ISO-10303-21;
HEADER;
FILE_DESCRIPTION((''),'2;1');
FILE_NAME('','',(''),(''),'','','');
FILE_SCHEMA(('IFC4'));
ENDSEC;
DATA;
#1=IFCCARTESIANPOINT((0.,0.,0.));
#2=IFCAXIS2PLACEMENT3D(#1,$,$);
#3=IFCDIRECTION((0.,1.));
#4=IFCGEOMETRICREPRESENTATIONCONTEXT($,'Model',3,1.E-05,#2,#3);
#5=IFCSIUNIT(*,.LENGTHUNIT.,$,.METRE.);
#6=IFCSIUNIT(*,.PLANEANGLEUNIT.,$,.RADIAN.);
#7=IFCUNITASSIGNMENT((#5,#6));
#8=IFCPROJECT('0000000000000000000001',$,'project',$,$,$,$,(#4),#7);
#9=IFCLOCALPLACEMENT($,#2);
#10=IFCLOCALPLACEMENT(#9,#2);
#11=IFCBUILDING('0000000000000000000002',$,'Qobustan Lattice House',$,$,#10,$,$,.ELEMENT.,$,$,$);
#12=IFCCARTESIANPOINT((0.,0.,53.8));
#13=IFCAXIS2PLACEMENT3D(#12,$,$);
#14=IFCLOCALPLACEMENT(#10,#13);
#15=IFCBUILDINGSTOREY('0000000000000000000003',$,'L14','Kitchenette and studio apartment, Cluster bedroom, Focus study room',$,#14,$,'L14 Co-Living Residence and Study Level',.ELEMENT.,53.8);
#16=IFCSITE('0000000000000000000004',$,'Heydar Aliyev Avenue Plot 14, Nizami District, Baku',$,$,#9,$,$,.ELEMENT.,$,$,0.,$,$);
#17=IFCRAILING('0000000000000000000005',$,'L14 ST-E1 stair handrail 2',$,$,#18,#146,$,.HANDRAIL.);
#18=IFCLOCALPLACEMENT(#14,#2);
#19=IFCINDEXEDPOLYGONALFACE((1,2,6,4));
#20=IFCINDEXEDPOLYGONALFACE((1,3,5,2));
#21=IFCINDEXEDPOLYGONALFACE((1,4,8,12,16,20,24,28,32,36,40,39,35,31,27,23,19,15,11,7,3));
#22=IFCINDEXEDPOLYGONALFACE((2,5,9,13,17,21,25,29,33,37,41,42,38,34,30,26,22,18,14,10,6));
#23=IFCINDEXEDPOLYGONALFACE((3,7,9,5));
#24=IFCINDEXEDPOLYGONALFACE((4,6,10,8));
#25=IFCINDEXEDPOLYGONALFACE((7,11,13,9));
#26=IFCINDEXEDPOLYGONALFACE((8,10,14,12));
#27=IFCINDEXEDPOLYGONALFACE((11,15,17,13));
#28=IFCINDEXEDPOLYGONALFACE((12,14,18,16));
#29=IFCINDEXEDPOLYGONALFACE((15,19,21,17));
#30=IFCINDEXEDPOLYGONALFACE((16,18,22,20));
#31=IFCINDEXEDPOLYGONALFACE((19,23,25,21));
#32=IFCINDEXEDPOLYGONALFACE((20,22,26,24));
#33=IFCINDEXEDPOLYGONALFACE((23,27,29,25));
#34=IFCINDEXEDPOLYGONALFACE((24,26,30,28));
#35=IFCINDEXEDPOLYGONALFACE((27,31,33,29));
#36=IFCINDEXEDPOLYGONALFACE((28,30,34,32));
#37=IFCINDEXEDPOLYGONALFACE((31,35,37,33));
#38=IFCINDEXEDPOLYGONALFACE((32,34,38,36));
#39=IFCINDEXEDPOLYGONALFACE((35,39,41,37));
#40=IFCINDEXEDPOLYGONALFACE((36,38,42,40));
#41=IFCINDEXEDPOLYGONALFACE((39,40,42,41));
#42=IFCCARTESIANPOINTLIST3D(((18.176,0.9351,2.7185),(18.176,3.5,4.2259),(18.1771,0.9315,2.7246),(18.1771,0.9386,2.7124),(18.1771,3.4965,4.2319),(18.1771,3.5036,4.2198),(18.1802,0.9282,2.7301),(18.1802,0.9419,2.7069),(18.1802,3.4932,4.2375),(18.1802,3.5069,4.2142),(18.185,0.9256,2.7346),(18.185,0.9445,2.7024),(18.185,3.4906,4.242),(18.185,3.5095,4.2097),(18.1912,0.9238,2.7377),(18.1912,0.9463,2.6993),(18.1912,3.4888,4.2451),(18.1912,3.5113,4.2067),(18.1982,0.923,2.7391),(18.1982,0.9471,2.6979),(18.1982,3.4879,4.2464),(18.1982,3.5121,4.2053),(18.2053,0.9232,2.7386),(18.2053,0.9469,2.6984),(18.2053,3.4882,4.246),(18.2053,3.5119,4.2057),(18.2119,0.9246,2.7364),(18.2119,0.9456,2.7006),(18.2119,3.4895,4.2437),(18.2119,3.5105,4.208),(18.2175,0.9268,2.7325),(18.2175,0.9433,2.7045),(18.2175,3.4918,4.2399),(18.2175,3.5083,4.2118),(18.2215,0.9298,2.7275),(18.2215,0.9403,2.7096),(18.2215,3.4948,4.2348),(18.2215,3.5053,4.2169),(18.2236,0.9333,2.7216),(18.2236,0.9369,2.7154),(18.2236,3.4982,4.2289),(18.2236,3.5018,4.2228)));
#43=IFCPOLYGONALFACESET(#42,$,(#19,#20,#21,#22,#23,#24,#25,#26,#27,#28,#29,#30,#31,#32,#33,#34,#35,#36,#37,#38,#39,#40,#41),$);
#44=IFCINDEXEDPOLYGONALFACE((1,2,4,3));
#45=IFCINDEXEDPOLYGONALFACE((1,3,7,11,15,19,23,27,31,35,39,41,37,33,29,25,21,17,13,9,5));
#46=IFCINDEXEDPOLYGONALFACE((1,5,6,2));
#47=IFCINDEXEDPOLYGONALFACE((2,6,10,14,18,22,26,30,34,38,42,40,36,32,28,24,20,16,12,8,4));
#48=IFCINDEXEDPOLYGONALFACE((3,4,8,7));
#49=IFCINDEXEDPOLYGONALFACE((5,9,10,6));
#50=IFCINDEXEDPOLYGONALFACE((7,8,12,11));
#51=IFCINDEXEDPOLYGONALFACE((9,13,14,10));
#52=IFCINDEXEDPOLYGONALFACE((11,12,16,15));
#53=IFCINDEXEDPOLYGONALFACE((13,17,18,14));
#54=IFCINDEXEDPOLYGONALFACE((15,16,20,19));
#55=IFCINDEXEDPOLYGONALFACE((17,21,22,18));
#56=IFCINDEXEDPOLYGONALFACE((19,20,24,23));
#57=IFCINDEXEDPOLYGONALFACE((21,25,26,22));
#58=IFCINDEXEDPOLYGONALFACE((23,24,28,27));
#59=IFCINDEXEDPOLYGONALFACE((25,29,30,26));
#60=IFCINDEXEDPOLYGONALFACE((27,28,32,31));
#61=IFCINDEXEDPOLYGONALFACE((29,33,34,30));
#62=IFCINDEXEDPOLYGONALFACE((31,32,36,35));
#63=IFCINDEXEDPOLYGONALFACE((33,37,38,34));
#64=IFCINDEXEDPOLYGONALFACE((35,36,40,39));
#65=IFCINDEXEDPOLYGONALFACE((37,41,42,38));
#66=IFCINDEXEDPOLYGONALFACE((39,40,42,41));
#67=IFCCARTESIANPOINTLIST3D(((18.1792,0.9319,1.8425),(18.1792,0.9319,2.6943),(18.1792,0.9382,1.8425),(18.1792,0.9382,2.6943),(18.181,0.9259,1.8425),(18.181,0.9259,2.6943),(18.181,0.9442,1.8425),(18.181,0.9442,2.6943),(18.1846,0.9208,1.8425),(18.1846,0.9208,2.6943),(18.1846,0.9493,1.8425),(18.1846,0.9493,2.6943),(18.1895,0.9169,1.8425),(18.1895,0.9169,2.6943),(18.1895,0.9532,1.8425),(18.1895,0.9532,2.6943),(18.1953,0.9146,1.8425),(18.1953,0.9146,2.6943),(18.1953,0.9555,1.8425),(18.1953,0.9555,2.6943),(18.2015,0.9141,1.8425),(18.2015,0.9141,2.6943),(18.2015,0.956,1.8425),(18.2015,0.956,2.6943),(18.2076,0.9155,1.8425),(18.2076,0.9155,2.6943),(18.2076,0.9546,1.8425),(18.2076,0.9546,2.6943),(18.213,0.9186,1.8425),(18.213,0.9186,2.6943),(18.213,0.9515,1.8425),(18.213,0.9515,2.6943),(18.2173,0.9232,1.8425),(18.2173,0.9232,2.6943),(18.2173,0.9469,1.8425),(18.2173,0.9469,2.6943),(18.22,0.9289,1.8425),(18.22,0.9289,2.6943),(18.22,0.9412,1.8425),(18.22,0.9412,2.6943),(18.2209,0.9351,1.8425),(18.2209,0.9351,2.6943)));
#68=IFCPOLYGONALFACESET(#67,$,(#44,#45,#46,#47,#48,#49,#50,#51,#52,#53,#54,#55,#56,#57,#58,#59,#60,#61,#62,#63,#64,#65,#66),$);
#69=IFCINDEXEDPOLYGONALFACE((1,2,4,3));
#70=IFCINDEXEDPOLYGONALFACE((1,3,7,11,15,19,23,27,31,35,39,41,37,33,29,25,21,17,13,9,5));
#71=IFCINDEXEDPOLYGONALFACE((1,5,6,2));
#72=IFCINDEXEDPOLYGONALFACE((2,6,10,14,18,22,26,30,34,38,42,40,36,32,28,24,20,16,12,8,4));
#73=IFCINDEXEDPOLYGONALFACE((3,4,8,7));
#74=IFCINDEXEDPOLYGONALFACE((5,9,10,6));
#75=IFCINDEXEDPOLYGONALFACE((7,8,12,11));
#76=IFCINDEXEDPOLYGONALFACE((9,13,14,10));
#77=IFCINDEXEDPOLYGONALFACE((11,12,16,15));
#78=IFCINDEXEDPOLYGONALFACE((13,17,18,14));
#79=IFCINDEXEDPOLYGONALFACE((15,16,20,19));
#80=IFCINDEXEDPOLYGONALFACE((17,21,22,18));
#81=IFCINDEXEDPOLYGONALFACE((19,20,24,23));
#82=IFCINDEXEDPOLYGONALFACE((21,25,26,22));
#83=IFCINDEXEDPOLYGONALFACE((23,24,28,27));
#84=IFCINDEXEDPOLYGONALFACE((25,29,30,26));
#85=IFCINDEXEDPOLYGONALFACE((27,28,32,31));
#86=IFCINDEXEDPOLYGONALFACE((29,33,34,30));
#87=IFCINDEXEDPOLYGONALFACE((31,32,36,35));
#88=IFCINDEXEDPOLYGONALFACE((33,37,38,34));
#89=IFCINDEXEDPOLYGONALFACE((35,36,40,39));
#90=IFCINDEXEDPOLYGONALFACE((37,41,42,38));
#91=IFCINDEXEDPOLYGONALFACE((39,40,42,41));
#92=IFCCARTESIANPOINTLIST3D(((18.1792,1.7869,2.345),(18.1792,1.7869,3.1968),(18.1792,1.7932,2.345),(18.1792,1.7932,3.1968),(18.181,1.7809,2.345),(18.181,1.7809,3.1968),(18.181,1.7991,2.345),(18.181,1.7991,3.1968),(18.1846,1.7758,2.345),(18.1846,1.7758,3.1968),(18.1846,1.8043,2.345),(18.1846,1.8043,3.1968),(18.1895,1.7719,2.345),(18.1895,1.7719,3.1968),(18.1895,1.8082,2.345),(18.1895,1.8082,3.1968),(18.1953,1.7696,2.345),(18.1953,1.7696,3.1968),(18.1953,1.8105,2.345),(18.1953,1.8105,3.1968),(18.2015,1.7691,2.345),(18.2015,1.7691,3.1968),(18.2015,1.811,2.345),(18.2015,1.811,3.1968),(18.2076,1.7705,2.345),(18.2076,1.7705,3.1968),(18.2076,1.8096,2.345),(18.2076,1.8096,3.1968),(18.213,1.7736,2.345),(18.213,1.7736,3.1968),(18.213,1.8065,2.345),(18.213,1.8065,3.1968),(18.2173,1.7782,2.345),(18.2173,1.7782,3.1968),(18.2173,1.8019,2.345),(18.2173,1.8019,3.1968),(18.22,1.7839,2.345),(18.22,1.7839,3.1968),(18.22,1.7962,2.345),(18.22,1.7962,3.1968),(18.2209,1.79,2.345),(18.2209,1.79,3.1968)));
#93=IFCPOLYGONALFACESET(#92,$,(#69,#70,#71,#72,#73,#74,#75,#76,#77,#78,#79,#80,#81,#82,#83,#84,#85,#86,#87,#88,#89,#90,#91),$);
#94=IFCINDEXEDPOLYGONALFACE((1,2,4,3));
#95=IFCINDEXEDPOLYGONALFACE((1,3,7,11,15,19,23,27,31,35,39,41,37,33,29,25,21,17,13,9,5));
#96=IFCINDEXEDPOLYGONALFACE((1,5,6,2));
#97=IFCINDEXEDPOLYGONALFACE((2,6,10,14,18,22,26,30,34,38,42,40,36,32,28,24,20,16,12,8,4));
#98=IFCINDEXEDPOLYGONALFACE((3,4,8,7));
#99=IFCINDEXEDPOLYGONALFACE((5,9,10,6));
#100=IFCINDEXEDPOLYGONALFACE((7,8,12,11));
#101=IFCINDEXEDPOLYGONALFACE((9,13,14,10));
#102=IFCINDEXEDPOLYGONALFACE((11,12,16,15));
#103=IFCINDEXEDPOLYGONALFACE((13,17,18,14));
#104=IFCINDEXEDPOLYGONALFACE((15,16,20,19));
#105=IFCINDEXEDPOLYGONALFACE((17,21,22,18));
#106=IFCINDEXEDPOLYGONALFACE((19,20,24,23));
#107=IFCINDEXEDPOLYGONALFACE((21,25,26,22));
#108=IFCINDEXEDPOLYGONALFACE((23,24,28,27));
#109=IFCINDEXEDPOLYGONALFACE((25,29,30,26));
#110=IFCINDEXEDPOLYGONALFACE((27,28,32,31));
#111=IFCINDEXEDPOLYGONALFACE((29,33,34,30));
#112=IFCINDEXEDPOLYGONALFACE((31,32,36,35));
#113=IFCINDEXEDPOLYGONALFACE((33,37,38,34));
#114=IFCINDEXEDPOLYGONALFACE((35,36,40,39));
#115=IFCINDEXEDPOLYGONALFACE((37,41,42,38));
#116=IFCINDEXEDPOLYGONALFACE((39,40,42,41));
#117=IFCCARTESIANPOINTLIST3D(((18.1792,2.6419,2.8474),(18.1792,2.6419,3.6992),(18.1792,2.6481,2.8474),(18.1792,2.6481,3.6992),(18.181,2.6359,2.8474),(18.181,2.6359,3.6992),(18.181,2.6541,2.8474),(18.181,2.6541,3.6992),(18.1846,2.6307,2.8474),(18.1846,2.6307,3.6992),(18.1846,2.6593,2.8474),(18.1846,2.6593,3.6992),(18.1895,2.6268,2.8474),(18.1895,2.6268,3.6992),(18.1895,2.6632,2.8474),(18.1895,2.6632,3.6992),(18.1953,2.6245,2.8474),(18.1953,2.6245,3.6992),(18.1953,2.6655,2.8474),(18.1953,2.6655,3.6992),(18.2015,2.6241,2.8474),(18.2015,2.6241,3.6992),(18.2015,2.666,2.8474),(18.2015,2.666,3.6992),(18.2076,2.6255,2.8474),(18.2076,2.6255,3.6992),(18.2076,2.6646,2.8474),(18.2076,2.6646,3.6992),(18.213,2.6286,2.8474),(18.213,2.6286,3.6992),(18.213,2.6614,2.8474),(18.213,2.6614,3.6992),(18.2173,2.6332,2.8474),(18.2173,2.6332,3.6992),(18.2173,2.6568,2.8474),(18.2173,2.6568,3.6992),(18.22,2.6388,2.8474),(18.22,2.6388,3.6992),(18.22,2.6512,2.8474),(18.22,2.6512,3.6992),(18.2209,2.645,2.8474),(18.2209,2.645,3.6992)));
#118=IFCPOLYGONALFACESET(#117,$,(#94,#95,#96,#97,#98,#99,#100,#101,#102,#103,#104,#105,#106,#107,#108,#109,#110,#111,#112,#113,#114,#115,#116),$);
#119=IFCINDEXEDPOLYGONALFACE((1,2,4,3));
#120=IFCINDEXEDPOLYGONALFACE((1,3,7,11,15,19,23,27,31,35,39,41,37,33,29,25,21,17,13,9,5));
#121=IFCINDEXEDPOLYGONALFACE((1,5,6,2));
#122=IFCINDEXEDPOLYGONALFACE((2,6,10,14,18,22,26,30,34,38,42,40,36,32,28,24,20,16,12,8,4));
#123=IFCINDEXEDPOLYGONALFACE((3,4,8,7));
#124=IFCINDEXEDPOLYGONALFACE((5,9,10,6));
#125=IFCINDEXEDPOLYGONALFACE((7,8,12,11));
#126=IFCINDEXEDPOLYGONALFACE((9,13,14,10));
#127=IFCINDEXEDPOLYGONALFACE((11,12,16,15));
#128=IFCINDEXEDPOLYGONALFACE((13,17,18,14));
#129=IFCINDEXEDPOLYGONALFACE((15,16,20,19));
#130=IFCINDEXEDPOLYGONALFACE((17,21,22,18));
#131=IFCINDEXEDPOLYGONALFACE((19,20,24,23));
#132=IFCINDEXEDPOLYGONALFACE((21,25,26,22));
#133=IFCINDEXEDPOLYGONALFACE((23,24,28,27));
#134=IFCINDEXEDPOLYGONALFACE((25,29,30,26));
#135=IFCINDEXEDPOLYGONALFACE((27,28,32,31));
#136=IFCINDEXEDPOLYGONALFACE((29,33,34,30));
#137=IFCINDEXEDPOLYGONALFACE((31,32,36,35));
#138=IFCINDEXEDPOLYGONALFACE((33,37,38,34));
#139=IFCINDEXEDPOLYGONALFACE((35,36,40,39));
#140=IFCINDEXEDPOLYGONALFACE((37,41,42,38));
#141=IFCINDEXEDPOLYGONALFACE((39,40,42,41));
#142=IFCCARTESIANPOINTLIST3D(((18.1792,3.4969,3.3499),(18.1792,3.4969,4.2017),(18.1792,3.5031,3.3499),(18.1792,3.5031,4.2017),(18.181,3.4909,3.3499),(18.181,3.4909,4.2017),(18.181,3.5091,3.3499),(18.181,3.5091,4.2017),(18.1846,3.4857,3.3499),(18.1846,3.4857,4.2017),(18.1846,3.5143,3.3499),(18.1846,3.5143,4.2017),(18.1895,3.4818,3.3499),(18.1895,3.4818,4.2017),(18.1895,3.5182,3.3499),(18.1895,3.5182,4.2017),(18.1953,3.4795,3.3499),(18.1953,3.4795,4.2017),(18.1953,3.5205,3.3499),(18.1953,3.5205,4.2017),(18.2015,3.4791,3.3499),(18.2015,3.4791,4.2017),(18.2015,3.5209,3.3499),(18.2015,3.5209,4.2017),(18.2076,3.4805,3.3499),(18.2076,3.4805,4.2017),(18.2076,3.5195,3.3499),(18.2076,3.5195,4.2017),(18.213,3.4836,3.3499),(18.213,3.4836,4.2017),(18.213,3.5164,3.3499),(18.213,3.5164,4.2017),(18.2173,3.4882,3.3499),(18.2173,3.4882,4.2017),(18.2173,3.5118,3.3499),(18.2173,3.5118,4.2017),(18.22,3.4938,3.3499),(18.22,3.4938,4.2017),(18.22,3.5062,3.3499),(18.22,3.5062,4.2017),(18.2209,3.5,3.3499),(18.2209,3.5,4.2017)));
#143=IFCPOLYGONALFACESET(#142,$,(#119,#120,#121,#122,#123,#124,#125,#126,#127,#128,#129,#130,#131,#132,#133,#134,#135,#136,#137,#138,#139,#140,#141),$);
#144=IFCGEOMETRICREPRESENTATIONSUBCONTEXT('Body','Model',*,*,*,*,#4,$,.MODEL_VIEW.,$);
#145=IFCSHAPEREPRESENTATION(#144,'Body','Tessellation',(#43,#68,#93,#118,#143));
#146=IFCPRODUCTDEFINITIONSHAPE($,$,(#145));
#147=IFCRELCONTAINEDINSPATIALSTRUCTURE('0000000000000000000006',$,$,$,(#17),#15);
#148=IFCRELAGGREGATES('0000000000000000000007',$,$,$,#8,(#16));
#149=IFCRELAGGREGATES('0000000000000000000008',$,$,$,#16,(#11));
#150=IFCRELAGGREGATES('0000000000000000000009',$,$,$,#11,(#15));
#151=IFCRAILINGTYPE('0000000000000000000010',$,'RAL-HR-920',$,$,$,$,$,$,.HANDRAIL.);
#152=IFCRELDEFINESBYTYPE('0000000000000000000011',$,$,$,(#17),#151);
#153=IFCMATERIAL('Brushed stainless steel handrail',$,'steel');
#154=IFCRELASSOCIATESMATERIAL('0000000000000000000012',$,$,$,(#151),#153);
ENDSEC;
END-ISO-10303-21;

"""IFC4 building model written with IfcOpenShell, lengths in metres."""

from ifc_helpers import new_model, si_unit, direction, frame, origin, origin_2d, place, context, subcontext, project, spatial, circle, extrude, material, type_object, element, save


model = new_model("IFC4")

# Units and contexts
model_context = context("Model", 3, precision=1e-05, world=origin(), true_north=direction((0.0, 1.0)))
body_context = subcontext(model_context, "Body", "Model", "MODEL_VIEW")
ifc_project = project(units=[si_unit("LENGTHUNIT", "METRE"), si_unit("PLANEANGLEUNIT", "RADIAN")], contexts=[model_context])

# Site, building, storey
site_placement = place(None, origin())
site = spatial("IfcSite", under=ifc_project, at=site_placement, Name="Heydar Aliyev Avenue Plot 14, Nizami District, Baku", CompositionType="ELEMENT", RefElevation=0.0)
building_placement = place(site_placement, origin())
building = spatial("IfcBuilding", under=site, at=building_placement, Name="Qobustan Lattice House", CompositionType="ELEMENT")
storey_placement = place(building_placement, frame((0.0, 0.0, 53.8)))
storey = spatial("IfcBuildingStorey", under=building, at=storey_placement, Name="L14", Description="Kitchenette and studio apartment, Cluster bedroom, Focus study room", LongName="L14 Co-Living Residence and Study Level", CompositionType="ELEMENT", Elevation=53.8)

# Railing
ifc_material_1 = material(Name="Brushed stainless steel handrail", Category="steel")
railing_type = type_object("IfcRailingType", Name="RAL-HR-920", PredefinedType="HANDRAIL", material=ifc_material_1)
railing_placement = place(storey_placement, frame((18.2, 0.9351, 1.8425)))
element("IfcRailing", 1, at=railing_placement, inside=storey, type_object=railing_type, Name="L14 ST-E1 stair handrail 2", PredefinedType="HANDRAIL", context=body_context, shape_type="SweptSolid", body=[
    extrude(circle(Radius=0.0239, at=origin_2d()), frame((0.0, 0.0, 0.876), z_axis=(0.0, 0.862149, 0.506654), x_axis=(-1.0, 0.0, 0.0)), (0.0, 0.0, 1.0), 2.9751),
    extrude(circle(Radius=0.021, at=origin_2d()), origin(), (0.0, 0.0, 1.0), 0.8518),
    extrude(circle(Radius=0.021, at=origin_2d()), frame((0.0, 0.855, 0.5024)), (0.0, 0.0, 1.0), 0.8518),
    extrude(circle(Radius=0.021, at=origin_2d()), frame((0.0, 1.71, 1.0049)), (0.0, 0.0, 1.0), 0.8518),
    extrude(circle(Radius=0.021, at=origin_2d()), frame((0.0, 2.5649, 1.5073)), (0.0, 0.0, 1.0), 0.8518),
])

save(model, "model.ifc")
